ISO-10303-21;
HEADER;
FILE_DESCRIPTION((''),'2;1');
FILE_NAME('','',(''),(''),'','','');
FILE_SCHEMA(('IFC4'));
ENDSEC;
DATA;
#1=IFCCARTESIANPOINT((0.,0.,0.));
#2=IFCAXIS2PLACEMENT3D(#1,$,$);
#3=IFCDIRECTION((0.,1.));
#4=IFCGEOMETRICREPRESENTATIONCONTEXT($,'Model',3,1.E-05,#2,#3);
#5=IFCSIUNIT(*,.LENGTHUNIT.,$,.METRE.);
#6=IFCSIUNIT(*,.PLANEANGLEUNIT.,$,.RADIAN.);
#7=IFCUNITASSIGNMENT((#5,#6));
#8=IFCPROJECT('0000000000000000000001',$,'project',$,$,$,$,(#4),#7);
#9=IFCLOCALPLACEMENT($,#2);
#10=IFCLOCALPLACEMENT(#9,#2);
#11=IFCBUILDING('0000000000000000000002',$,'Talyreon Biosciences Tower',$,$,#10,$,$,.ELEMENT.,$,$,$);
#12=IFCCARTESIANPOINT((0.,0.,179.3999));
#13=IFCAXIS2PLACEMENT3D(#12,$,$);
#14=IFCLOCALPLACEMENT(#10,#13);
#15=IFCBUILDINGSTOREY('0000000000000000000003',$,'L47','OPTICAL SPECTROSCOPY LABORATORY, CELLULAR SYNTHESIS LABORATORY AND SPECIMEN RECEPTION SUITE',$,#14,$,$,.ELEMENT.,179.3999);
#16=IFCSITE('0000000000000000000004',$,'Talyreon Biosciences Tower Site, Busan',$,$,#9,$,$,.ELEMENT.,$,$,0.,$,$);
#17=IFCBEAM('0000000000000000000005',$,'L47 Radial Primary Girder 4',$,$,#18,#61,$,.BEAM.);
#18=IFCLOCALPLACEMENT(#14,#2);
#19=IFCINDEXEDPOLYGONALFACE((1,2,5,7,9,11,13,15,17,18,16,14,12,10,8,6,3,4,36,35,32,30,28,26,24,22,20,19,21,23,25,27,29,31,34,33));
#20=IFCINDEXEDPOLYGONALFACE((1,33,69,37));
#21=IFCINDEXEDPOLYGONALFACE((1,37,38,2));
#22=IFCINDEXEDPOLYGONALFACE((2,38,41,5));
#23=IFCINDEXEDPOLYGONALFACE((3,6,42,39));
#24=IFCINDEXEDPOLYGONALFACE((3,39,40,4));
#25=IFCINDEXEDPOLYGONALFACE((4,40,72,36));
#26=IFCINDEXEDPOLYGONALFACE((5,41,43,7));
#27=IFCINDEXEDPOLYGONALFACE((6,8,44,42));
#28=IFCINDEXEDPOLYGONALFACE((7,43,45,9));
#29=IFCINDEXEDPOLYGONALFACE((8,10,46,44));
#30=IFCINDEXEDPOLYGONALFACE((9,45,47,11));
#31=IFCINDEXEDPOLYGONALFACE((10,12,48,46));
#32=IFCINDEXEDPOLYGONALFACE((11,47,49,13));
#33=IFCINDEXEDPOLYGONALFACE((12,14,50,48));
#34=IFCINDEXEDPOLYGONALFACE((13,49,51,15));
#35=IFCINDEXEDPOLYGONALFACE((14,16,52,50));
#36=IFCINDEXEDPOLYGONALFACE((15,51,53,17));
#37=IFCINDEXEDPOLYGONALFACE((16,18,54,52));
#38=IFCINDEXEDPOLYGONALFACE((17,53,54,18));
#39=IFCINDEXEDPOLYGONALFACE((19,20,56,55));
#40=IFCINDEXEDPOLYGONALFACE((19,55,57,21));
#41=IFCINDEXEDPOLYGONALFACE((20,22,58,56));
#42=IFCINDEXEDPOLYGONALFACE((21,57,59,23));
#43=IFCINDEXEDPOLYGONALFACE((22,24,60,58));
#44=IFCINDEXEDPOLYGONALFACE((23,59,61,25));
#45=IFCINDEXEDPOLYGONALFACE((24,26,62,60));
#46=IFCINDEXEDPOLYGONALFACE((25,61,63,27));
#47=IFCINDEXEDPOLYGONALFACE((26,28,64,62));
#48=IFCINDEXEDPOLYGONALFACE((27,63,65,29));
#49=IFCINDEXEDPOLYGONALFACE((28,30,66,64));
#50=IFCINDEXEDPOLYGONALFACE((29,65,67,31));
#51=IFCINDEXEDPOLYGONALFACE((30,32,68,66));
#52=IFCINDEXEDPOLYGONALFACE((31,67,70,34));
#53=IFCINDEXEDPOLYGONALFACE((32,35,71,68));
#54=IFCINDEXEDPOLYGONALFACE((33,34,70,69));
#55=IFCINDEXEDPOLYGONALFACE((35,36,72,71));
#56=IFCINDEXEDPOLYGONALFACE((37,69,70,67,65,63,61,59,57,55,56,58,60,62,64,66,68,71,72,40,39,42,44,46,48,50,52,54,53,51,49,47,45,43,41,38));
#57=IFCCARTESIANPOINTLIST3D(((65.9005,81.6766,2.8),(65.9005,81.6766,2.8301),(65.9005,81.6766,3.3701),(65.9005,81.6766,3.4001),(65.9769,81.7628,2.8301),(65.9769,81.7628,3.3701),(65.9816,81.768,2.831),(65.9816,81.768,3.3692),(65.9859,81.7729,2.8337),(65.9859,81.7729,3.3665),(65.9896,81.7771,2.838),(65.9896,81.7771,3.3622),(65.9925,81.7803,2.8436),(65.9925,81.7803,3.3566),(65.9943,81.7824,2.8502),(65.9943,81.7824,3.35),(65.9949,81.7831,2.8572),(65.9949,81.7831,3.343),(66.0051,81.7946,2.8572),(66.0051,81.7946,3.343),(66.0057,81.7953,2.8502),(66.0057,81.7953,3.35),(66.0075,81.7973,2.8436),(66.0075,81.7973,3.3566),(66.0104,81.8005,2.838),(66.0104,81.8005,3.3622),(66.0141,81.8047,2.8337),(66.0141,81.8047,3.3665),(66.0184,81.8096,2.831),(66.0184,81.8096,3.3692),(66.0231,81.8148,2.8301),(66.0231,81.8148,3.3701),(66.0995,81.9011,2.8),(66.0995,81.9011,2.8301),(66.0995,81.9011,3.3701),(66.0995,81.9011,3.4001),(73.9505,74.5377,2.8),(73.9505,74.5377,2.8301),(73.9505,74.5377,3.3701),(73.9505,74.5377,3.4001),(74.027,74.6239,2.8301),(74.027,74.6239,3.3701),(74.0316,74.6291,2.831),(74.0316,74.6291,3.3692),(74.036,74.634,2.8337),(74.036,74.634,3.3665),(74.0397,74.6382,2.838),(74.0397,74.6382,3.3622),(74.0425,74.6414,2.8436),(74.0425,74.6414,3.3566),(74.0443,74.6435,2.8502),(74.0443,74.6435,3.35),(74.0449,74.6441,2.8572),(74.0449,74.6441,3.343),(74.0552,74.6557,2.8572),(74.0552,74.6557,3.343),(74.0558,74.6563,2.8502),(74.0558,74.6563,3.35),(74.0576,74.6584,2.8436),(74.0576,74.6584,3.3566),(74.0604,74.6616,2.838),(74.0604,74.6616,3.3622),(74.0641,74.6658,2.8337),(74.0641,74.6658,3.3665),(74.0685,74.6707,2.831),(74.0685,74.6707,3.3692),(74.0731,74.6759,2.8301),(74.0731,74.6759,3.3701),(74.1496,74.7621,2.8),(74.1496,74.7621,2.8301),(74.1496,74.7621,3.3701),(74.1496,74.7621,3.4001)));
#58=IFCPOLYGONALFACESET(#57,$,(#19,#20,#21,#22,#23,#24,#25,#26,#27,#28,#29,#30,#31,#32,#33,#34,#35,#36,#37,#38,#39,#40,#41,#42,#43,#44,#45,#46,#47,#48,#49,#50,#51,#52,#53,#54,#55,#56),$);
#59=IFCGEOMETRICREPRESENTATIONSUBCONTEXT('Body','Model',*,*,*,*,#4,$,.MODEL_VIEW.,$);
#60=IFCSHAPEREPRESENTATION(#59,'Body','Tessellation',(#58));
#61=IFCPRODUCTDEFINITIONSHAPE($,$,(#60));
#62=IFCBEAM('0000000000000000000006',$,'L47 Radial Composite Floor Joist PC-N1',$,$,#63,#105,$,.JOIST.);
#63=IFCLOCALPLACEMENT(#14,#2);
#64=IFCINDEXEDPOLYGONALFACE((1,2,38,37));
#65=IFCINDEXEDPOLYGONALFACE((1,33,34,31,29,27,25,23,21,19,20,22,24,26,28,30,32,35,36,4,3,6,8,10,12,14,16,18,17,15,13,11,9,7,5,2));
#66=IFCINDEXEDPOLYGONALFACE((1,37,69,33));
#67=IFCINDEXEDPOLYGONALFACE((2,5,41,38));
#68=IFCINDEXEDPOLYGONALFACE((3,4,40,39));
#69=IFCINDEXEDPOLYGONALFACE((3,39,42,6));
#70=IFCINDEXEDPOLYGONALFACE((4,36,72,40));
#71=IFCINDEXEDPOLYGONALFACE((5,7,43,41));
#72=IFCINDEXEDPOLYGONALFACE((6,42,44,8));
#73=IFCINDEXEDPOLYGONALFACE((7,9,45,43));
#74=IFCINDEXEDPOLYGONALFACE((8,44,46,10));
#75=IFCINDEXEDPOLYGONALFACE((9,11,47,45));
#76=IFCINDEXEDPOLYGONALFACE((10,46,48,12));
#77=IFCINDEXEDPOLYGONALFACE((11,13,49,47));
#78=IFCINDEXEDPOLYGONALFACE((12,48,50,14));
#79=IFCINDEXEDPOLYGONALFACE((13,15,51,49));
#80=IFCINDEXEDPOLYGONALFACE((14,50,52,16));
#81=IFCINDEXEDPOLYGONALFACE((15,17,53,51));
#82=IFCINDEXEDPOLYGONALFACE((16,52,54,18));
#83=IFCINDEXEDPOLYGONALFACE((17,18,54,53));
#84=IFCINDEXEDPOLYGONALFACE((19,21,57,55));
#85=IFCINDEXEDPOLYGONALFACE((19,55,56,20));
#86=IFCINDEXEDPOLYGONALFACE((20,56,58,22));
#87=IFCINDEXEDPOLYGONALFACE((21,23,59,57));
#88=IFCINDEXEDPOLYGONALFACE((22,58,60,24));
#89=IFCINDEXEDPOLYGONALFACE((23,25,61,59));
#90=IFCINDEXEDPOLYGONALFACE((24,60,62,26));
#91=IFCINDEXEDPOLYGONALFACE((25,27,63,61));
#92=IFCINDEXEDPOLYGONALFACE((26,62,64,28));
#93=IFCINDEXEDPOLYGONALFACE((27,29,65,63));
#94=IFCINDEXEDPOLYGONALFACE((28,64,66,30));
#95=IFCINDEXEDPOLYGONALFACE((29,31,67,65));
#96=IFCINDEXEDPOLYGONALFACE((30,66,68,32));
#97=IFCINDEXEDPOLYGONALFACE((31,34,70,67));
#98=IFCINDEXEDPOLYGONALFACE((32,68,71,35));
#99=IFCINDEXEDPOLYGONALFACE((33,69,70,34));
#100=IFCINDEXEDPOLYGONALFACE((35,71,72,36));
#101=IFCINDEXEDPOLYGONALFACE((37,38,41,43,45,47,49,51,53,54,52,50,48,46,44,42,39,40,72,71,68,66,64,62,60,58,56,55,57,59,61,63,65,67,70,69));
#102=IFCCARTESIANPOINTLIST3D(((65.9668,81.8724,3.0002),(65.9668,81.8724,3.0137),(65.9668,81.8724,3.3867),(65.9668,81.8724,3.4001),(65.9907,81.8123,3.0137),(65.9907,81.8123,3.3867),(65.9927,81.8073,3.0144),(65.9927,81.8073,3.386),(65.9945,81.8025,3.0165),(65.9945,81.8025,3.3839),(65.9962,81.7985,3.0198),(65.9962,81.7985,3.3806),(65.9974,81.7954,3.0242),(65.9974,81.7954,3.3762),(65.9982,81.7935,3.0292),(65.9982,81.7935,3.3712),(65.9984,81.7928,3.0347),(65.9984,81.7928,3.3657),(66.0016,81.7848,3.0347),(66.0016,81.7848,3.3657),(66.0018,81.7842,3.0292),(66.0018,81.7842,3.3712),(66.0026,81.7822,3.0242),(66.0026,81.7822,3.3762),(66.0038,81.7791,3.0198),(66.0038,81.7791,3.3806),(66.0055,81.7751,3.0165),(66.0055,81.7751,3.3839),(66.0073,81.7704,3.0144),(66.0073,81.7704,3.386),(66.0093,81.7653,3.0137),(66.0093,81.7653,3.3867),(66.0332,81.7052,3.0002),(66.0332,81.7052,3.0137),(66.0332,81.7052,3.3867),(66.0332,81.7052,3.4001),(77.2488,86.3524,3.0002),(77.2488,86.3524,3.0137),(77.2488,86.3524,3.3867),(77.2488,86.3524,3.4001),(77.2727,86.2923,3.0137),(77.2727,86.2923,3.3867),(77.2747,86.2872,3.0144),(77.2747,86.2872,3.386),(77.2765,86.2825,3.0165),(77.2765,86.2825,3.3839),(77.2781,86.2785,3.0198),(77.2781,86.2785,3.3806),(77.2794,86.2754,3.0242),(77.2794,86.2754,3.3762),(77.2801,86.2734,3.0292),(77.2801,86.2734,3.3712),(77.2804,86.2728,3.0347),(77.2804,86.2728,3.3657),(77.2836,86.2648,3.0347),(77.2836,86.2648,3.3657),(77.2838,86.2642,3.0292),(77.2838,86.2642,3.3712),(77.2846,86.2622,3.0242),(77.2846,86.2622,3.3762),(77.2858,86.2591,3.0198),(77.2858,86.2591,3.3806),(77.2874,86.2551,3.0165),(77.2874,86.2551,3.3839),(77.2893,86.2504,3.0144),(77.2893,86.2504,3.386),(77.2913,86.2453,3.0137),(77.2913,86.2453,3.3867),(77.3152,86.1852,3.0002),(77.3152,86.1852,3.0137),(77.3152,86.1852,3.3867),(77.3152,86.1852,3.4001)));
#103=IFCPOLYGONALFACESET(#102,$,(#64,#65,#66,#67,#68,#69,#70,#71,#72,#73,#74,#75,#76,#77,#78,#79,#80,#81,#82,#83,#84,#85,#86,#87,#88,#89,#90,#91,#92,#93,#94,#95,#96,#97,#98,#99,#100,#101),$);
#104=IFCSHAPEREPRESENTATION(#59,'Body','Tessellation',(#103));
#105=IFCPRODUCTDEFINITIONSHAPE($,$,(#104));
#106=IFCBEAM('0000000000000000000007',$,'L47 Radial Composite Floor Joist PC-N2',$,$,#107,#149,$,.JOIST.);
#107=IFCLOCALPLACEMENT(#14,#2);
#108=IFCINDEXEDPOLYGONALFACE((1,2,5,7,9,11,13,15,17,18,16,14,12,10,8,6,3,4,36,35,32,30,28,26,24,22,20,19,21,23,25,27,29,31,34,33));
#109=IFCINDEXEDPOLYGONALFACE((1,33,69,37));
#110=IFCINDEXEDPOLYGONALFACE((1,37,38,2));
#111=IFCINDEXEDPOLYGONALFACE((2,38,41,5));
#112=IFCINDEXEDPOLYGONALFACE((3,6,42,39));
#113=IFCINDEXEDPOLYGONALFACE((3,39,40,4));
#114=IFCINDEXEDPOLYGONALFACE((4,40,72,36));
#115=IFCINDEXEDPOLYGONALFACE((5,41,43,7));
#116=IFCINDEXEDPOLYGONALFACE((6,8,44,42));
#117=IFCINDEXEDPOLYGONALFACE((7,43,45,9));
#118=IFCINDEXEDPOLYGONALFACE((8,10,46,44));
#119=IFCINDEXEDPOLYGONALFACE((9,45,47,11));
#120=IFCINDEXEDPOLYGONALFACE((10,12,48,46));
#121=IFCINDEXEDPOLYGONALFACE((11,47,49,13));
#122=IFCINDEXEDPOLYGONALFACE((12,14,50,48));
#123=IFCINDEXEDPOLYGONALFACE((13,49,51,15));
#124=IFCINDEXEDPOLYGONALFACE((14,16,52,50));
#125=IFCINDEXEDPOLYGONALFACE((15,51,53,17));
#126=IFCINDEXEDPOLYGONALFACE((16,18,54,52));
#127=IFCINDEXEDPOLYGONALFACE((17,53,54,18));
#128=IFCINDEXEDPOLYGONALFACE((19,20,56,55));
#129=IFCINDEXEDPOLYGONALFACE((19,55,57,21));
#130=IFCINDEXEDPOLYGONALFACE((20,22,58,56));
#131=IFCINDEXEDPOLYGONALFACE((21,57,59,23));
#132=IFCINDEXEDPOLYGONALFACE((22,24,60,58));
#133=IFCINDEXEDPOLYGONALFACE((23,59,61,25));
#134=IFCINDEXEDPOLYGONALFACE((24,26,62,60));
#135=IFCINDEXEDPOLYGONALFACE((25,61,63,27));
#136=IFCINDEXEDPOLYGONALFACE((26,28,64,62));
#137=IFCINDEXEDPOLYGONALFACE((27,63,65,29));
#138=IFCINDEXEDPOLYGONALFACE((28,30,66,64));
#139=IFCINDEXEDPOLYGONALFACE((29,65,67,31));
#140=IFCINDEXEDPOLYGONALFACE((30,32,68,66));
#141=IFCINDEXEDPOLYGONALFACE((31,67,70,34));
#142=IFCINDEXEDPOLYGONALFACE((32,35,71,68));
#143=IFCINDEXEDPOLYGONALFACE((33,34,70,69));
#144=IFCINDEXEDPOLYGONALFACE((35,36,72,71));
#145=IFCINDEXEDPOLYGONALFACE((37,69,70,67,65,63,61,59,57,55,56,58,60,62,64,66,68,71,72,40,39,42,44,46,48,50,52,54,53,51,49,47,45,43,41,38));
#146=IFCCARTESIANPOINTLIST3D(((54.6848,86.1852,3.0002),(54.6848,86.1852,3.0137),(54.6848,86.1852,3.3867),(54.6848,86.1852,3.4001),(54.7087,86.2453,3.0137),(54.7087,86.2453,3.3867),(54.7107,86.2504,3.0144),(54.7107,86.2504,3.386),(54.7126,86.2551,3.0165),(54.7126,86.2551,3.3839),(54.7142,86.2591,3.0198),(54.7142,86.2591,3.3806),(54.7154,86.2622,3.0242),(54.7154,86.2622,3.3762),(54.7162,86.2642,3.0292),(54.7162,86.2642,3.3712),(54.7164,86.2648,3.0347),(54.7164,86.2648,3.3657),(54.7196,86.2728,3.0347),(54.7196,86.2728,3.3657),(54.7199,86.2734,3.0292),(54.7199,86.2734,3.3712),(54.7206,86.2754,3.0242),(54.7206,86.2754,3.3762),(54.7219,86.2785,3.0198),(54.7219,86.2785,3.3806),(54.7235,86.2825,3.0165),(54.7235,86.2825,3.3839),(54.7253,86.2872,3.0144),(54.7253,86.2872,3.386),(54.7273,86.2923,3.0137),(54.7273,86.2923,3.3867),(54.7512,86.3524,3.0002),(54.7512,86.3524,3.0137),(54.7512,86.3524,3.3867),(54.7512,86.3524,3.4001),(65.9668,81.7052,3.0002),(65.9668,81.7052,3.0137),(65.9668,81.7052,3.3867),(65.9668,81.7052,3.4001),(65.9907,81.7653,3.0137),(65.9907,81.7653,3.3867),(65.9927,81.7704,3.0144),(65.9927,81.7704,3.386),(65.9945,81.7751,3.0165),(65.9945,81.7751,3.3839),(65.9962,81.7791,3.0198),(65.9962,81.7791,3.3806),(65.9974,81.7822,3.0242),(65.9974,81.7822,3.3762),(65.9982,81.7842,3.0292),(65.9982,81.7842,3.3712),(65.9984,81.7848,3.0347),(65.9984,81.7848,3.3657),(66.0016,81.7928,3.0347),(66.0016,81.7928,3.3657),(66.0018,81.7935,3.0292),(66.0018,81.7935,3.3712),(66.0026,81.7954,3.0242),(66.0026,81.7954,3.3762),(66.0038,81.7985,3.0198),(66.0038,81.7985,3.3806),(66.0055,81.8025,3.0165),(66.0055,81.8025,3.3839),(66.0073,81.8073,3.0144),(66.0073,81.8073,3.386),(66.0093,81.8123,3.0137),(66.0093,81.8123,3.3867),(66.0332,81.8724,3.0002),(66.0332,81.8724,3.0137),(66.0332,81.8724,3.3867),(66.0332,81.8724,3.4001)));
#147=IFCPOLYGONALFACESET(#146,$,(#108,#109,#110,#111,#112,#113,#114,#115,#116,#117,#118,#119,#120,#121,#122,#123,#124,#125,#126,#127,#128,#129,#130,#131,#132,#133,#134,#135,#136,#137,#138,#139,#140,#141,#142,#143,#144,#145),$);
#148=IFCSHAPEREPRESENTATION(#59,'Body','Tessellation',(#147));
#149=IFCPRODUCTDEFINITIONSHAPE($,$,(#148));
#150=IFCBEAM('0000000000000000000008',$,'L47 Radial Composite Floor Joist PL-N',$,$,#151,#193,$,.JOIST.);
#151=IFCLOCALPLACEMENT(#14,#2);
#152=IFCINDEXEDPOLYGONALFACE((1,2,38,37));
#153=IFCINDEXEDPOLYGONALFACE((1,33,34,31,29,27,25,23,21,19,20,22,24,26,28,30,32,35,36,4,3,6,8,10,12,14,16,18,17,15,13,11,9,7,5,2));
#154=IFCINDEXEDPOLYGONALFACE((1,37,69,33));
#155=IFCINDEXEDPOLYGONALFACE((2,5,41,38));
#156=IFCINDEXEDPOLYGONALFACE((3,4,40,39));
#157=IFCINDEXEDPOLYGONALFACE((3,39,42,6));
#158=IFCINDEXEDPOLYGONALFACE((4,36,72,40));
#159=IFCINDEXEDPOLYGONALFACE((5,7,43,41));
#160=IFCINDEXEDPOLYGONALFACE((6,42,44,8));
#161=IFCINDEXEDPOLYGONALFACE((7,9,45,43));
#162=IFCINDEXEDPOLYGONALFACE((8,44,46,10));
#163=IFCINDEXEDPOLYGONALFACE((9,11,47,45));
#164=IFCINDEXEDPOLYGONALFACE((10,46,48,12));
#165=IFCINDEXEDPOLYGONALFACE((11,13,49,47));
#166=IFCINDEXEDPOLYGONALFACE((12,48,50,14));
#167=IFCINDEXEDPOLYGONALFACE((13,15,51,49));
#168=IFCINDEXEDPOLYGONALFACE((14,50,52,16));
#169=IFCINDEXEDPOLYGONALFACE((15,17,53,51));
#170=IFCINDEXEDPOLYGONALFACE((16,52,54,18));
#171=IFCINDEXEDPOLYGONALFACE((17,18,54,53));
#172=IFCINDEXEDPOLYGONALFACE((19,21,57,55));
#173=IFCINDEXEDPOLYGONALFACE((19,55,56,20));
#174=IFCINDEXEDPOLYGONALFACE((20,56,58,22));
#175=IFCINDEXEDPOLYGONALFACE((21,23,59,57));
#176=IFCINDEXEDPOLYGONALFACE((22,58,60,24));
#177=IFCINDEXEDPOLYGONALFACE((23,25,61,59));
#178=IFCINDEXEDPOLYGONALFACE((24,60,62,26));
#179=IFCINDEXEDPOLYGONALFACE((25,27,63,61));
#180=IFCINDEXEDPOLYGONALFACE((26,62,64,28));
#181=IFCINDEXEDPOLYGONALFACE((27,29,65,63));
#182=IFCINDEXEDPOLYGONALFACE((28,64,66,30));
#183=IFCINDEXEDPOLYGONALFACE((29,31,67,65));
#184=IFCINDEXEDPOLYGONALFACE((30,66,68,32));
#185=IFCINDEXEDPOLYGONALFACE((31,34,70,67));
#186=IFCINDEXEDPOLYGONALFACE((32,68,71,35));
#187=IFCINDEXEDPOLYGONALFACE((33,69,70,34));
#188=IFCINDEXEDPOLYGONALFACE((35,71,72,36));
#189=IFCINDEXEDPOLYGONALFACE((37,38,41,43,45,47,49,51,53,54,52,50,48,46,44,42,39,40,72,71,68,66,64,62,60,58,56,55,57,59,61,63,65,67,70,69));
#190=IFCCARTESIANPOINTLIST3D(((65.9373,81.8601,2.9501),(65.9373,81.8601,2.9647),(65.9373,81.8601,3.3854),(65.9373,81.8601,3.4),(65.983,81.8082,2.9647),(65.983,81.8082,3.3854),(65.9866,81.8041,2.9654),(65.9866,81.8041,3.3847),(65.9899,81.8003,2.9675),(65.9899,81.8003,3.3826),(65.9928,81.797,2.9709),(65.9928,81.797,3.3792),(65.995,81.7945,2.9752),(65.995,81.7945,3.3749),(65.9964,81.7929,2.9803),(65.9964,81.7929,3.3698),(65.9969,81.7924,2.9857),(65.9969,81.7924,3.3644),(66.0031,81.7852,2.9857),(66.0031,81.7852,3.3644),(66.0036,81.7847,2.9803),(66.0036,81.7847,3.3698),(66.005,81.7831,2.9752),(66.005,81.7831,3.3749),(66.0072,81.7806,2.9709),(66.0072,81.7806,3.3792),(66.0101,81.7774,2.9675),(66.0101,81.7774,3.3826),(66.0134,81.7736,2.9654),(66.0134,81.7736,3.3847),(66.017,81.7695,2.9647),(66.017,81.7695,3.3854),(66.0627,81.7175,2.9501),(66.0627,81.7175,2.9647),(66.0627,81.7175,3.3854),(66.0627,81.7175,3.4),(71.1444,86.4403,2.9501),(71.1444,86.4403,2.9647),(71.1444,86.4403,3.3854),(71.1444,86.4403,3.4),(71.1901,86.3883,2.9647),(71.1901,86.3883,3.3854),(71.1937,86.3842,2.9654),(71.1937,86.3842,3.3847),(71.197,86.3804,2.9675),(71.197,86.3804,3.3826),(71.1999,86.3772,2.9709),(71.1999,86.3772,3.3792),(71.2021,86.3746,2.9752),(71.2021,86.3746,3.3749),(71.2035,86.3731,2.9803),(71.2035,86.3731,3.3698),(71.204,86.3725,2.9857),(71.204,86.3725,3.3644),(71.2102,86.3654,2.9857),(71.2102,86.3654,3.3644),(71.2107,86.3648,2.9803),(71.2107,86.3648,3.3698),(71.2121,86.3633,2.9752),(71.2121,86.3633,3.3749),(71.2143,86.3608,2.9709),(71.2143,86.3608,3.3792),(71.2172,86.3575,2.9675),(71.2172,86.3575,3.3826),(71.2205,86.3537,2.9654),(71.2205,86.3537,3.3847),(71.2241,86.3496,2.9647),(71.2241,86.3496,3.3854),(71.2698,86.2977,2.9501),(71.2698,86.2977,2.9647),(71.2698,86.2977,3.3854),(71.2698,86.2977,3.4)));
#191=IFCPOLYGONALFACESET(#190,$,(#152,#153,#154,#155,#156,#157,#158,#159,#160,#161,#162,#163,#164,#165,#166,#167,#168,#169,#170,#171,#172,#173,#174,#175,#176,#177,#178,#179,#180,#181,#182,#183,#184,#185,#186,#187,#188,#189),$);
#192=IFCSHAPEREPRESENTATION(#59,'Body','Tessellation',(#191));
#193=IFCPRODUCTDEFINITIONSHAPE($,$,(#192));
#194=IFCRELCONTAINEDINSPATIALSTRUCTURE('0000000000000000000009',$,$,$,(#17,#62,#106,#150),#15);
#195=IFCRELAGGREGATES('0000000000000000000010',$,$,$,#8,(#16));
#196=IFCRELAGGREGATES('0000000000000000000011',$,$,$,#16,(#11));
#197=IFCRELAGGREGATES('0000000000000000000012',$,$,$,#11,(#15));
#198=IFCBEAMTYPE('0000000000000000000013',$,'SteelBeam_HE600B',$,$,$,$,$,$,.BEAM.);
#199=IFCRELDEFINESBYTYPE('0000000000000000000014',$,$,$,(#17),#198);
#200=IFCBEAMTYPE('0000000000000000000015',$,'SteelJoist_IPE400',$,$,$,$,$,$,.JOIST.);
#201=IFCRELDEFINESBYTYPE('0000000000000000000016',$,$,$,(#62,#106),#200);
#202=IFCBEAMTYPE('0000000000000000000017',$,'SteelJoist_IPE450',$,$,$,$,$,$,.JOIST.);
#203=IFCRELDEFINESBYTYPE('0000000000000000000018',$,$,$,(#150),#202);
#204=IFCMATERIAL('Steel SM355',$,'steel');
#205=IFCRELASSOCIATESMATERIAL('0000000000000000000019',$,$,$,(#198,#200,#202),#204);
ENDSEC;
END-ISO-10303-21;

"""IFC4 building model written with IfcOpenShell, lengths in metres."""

from ifc_helpers import new_model, si_unit, direction, frame, origin, origin_2d, place, context, subcontext, project, spatial, i_section, extrude, material, material_profile, profile_set, type_object, element, save


model = new_model("IFC4")

# Units and contexts
model_context = context("Model", 3, precision=1e-05, world=origin(), true_north=direction((0.0, 1.0)))
body_context = subcontext(model_context, "Body", "Model", "MODEL_VIEW")
ifc_project = project(units=[si_unit("LENGTHUNIT", "METRE"), si_unit("PLANEANGLEUNIT", "RADIAN")], contexts=[model_context])

# Site, building, storey
site_placement = place(None, origin())
site = spatial("IfcSite", under=ifc_project, at=site_placement, Name="Talyreon Biosciences Tower Site, Busan", CompositionType="ELEMENT", RefElevation=0.0)
building_placement = place(site_placement, origin())
building = spatial("IfcBuilding", under=site, at=building_placement, Name="Talyreon Biosciences Tower", CompositionType="ELEMENT")
storey_placement = place(building_placement, frame((0.0, 0.0, 179.3999)))
storey = spatial("IfcBuildingStorey", under=building, at=storey_placement, Name="L47", Description="OPTICAL SPECTROSCOPY LABORATORY, CELLULAR SYNTHESIS LABORATORY AND SPECIMEN RECEPTION SUITE", CompositionType="ELEMENT", Elevation=179.3999)

# Beams
ifc_material_1 = material(Name="Steel SM355", Category="steel")
ifc_material_profile_1 = material_profile(ifc_material_1, i_section(OverallWidth=0.3, OverallDepth=0.6001, WebThickness=0.0154, FlangeThickness=0.03, FilletRadius=0.0271, at=origin_2d()), Name="HE600B")
ifc_profile_set_1 = profile_set([ifc_material_profile_1], Name="Steel SM355")
beam_type_1 = type_object("IfcBeamType", Name="SteelBeam_HE600B", PredefinedType="BEAM", material=ifc_profile_set_1)
beam_1_placement = place(storey_placement, frame((74.05, 74.6499, 3.1001), z_axis=(-0.748179, 0.663497, 0.0), x_axis=(-0.663497, -0.748179, 0.0)))
element("IfcBeam", 1, at=beam_1_placement, inside=storey, type_object=beam_type_1, Name="L47 Radial Primary Girder 4", PredefinedType="BEAM", context=body_context, shape_type="SweptSolid", body=[
    extrude(i_section(OverallWidth=0.3, OverallDepth=0.6001, WebThickness=0.0154, FlangeThickness=0.03, FilletRadius=0.0271, at=origin_2d()), origin(), (0.0, 0.0, 1.0), 10.7595),
])
ifc_material_profile_2 = material_profile(ifc_material_1, i_section(OverallWidth=0.1799, OverallDepth=0.3999, WebThickness=0.0085, FlangeThickness=0.0134, FilletRadius=0.021, at=origin_2d()), Name="IPE400")
ifc_profile_set_2 = profile_set([ifc_material_profile_2], Name="Steel SM355")
beam_type_2 = type_object("IfcBeamType", Name="SteelJoist_IPE400", PredefinedType="JOIST", material=ifc_profile_set_2)
for number, where, z_axis, x_axis, name in (
    (2, (66.0, 81.7888, 3.2002), (0.929406, 0.369059, 0.0), (-0.369059, 0.929406, 0.0), "L47 Radial Composite Floor Joist PC-N1"),
    (3, (66.0, 81.7888, 3.2002), (-0.929406, 0.369059, 0.0), (-0.369059, -0.929406, 0.0), "L47 Radial Composite Floor Joist PC-N2"),
):
    element("IfcBeam", number, at=place(storey_placement, frame(where, z_axis=z_axis, x_axis=x_axis)), inside=storey, type_object=beam_type_2, Name=name, PredefinedType="JOIST", context=body_context, shape_type="SweptSolid", body=[
        extrude(i_section(OverallWidth=0.1799, OverallDepth=0.3999, WebThickness=0.0085, FlangeThickness=0.0134, FilletRadius=0.021, at=origin_2d()), origin(), (0.0, 0.0, 1.0), 12.1389),
    ])
ifc_material_profile_3 = material_profile(ifc_material_1, i_section(OverallWidth=0.1899, OverallDepth=0.45, WebThickness=0.0095, FlangeThickness=0.0146, FilletRadius=0.021, at=origin_2d()), Name="IPE450")
ifc_profile_set_3 = profile_set([ifc_material_profile_3], Name="Steel SM355")
beam_type_3 = type_object("IfcBeamType", Name="SteelJoist_IPE450", PredefinedType="JOIST", material=ifc_profile_set_3)
beam_2_placement = place(storey_placement, frame((66.0, 81.7888, 3.175), z_axis=(0.750864, 0.660456, 0.0), x_axis=(-0.660456, 0.750864, 0.0)))
element("IfcBeam", 4, at=beam_2_placement, inside=storey, type_object=beam_type_3, Name="L47 Radial Composite Floor Joist PL-N", PredefinedType="JOIST", context=body_context, shape_type="SweptSolid", body=[
    extrude(i_section(OverallWidth=0.1899, OverallDepth=0.45, WebThickness=0.0095, FlangeThickness=0.0146, FilletRadius=0.021, at=origin_2d()), origin(), (0.0, 0.0, 1.0), 6.9348),
])

save(model, "model.ifc")
